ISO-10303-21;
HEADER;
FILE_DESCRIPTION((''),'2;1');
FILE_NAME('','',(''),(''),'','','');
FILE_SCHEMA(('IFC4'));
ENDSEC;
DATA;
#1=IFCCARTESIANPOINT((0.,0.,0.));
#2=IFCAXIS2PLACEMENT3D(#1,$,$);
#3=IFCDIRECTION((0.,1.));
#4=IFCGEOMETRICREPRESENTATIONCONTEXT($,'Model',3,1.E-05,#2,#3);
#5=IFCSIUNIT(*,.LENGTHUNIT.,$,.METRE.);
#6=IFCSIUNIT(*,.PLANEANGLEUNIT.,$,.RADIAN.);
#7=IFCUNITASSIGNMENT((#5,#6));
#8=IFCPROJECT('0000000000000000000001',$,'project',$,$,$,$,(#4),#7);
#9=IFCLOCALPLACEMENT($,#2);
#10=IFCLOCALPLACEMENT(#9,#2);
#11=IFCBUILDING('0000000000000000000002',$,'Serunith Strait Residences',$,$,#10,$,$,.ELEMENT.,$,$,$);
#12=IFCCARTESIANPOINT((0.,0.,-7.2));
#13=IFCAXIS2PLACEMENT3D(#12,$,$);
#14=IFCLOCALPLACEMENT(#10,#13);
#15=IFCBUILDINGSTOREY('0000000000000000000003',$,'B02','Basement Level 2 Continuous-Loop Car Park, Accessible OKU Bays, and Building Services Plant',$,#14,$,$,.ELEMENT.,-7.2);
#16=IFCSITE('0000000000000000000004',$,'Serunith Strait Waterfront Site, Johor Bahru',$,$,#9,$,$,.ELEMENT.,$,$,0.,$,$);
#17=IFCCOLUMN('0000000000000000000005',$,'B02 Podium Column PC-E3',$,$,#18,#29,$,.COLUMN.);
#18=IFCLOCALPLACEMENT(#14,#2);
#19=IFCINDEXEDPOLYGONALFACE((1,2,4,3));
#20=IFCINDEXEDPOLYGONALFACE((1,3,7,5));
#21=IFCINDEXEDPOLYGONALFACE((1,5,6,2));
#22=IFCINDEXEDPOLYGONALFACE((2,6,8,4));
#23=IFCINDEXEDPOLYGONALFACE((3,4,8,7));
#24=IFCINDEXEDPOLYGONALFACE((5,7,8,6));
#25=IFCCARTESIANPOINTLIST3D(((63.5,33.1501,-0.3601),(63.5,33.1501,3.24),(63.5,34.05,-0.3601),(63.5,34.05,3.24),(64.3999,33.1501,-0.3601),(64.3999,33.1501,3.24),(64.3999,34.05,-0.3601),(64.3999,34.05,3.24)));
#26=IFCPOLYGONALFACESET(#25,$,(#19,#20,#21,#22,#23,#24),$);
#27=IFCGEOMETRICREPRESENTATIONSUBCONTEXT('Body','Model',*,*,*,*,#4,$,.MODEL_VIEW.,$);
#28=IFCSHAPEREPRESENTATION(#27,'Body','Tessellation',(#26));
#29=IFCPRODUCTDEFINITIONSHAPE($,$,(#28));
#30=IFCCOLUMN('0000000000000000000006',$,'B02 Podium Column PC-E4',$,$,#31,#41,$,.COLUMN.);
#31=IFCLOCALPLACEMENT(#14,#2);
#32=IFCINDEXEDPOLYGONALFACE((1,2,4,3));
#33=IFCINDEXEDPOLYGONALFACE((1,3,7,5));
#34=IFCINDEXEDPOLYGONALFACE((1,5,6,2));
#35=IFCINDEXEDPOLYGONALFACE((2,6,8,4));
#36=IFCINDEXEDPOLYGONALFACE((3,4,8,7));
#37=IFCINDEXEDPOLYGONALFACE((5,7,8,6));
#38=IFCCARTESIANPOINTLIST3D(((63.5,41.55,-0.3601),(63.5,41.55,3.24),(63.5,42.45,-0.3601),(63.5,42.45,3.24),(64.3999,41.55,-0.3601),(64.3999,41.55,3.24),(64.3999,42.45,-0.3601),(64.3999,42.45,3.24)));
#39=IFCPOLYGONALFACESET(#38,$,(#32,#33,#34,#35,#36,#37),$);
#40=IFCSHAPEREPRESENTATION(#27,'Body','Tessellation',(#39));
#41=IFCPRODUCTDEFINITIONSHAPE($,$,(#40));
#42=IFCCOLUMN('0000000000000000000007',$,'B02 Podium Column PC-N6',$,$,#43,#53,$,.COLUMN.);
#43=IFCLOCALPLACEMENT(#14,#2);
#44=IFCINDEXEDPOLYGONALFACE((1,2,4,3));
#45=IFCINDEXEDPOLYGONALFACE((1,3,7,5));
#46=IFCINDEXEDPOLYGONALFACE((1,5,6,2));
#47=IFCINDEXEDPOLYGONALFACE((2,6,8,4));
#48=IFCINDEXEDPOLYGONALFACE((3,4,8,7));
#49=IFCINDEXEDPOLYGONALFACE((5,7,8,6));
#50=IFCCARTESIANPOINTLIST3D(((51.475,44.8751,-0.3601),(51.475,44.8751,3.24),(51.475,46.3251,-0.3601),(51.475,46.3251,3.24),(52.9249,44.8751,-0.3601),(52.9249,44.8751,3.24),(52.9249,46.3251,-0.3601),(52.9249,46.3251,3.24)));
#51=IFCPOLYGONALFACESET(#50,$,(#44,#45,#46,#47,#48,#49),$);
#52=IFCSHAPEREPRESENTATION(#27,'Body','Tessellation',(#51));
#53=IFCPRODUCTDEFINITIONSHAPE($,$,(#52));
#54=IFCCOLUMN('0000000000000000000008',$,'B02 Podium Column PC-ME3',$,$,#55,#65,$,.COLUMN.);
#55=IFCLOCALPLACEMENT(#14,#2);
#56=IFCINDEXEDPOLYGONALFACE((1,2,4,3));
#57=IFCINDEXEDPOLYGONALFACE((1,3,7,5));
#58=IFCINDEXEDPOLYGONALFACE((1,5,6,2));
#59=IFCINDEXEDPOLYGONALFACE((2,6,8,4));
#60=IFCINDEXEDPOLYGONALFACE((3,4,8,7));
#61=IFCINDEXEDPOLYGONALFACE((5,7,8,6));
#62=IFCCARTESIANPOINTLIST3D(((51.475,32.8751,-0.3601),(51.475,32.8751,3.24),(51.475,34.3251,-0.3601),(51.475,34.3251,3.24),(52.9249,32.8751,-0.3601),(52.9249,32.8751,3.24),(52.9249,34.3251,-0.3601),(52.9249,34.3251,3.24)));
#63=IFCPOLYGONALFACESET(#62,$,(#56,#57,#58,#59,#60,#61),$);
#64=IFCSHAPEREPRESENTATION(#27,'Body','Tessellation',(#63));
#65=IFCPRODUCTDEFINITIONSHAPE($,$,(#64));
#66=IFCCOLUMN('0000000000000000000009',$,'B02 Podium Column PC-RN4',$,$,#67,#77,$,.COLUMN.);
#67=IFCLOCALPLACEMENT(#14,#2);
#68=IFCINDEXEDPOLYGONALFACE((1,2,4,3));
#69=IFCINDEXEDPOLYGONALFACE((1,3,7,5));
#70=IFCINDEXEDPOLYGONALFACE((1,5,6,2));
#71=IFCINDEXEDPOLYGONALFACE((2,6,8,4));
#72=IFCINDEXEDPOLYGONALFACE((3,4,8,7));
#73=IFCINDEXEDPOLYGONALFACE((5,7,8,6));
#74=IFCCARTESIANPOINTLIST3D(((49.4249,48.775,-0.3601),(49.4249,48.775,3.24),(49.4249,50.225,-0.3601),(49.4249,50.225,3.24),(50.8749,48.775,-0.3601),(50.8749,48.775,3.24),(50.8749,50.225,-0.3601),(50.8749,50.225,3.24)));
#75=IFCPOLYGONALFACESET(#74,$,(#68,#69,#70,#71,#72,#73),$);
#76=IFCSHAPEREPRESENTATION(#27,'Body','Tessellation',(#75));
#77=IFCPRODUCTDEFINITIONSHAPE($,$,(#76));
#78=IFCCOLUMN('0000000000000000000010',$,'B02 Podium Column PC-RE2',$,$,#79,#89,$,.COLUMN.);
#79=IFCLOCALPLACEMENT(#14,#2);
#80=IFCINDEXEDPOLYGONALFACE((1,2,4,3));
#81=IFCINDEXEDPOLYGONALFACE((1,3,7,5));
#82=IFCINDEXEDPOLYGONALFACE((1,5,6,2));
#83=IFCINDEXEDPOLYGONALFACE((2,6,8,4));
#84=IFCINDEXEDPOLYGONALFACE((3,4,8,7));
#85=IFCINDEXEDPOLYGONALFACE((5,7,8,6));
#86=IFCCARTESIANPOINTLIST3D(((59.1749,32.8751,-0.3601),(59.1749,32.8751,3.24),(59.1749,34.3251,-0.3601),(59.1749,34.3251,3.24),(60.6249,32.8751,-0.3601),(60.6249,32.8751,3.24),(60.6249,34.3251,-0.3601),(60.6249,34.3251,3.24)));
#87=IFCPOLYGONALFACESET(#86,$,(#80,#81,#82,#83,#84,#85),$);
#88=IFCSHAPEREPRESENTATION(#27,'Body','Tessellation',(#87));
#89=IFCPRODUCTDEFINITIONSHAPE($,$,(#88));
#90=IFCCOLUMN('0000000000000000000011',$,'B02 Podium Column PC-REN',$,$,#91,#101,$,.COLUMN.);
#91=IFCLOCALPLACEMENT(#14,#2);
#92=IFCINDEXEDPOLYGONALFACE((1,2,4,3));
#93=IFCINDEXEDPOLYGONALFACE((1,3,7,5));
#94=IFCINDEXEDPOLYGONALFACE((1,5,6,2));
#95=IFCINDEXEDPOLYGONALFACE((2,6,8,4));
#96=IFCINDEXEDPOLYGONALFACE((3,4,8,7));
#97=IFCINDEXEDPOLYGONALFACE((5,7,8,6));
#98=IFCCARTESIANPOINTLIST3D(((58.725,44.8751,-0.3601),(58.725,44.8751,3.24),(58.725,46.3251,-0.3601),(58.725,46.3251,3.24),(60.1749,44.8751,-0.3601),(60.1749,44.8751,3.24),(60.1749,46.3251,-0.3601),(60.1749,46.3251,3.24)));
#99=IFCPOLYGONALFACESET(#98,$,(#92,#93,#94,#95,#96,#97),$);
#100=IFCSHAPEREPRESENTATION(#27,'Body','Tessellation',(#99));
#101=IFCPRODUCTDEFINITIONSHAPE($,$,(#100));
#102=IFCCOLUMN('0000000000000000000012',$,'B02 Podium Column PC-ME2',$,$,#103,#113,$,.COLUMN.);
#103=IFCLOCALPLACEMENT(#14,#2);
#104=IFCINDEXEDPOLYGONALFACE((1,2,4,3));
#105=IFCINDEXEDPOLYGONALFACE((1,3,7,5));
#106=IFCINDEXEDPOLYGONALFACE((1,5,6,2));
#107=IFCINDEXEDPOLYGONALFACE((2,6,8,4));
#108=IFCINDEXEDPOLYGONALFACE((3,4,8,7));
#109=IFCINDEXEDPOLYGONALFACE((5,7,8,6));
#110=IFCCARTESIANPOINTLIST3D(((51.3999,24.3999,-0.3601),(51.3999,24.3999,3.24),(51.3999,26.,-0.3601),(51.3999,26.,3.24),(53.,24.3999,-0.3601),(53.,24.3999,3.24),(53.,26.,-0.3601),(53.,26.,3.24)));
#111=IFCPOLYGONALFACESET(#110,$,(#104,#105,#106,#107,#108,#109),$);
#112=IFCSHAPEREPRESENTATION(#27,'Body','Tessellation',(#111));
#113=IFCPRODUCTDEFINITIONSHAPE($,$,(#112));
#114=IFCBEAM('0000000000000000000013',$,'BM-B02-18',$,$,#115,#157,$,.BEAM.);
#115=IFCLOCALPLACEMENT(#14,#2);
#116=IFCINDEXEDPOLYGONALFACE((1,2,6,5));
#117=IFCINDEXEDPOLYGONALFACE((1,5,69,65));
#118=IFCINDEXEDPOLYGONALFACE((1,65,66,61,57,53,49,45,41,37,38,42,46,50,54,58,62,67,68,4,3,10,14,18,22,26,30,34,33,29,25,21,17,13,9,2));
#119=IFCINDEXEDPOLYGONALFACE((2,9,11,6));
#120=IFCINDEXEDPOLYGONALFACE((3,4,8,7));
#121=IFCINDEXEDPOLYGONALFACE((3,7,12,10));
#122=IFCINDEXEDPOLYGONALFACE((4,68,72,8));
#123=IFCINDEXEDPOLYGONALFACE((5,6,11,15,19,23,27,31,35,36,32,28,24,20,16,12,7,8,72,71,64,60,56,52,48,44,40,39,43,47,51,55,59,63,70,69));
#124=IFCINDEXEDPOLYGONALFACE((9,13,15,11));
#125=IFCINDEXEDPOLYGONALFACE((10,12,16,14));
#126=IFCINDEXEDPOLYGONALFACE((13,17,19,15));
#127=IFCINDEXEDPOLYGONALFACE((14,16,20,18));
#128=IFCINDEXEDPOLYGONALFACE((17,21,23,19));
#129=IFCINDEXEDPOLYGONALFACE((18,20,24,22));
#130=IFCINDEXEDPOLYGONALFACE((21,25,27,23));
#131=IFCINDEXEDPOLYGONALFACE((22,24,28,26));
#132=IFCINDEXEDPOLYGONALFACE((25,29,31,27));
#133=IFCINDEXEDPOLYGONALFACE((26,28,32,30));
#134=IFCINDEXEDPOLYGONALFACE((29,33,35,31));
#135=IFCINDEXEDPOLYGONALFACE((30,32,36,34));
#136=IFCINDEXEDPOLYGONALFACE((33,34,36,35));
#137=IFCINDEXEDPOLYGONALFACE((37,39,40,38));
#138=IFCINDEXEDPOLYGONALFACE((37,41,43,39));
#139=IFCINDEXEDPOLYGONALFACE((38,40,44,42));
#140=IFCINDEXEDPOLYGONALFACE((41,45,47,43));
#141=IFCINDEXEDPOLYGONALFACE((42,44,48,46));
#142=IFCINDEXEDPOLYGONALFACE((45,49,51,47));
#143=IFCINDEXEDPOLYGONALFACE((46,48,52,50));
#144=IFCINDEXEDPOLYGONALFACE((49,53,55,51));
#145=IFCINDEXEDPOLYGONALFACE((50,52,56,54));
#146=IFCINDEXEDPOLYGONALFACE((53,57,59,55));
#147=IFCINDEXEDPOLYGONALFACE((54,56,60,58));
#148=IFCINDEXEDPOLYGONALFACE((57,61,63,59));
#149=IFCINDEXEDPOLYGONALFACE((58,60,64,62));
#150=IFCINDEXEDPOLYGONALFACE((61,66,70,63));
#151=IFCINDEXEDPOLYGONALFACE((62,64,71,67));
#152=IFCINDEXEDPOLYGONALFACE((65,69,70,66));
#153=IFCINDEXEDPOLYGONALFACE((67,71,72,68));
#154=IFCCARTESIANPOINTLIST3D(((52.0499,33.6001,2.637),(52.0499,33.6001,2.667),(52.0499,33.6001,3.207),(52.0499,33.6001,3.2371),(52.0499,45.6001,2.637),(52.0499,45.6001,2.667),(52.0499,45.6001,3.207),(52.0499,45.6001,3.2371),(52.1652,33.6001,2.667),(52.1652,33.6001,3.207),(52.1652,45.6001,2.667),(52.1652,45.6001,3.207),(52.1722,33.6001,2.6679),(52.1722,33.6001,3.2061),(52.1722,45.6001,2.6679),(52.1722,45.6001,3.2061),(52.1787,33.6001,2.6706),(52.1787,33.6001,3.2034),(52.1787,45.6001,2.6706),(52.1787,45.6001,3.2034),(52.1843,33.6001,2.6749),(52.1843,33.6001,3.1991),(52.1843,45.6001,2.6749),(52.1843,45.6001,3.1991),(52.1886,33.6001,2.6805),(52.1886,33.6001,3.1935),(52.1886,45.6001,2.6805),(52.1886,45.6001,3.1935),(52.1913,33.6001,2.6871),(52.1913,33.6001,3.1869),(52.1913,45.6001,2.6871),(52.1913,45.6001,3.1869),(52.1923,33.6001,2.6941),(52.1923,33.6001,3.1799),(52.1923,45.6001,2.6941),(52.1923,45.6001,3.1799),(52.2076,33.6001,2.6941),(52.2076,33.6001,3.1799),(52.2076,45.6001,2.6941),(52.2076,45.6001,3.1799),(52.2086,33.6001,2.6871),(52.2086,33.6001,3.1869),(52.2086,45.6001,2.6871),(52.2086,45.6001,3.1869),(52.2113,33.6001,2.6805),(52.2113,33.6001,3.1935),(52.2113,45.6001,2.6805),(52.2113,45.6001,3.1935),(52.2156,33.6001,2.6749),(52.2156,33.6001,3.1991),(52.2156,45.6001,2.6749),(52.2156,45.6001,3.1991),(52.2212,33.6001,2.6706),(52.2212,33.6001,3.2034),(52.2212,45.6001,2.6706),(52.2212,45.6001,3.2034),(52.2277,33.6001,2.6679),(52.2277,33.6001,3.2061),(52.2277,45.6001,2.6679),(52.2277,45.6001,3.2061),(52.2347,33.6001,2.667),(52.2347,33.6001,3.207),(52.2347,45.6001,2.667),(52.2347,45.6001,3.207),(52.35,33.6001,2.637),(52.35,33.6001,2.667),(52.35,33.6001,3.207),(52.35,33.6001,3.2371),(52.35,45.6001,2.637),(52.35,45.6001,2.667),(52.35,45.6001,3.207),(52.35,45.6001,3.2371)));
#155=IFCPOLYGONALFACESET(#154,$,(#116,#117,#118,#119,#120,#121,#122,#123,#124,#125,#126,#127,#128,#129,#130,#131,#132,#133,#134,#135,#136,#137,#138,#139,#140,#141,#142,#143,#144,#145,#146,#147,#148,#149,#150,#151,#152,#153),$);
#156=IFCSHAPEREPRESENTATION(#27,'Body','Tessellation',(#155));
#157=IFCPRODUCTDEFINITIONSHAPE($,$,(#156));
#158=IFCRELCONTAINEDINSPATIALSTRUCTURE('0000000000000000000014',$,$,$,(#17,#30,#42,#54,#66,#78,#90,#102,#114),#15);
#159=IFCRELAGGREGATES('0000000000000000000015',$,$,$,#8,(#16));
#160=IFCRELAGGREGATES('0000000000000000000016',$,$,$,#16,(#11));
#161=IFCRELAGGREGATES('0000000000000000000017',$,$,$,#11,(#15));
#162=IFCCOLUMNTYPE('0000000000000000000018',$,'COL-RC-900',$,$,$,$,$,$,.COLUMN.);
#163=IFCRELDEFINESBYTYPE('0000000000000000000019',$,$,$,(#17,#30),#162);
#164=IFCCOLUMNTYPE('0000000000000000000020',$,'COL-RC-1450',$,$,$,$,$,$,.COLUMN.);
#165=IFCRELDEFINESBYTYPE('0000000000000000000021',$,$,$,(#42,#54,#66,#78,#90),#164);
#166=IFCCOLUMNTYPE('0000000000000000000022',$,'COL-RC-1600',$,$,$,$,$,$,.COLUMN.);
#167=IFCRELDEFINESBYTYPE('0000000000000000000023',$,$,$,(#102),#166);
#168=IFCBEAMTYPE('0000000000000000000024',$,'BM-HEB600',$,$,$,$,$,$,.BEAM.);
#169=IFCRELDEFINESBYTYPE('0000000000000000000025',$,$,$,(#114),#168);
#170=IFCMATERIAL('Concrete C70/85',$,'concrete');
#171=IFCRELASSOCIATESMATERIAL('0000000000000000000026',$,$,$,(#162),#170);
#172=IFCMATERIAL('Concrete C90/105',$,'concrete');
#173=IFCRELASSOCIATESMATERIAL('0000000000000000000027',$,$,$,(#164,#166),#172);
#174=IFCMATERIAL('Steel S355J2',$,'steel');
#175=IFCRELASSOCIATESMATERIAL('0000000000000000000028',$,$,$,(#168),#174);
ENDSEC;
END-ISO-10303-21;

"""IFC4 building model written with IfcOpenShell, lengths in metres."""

from ifc_helpers import new_model, si_unit, direction, frame, origin, origin_2d, place, context, subcontext, project, spatial, rectangle, i_section, extrude, source, transform, mapped, material, material_profile, profile_set, type_object, element, save


model = new_model("IFC4")

# Units and contexts
model_context = context("Model", 3, precision=1e-05, world=origin(), true_north=direction((0.0, 1.0)))
body_context = subcontext(model_context, "Body", "Model", "MODEL_VIEW")
ifc_project = project(units=[si_unit("LENGTHUNIT", "METRE"), si_unit("PLANEANGLEUNIT", "RADIAN")], contexts=[model_context])

# Site, building, storey
site_placement = place(None, origin())
site = spatial("IfcSite", under=ifc_project, at=site_placement, Name="Serunith Strait Waterfront Site, Johor Bahru", CompositionType="ELEMENT", RefElevation=0.0)
building_placement = place(site_placement, origin())
building = spatial("IfcBuilding", under=site, at=building_placement, Name="Serunith Strait Residences", CompositionType="ELEMENT")
storey_placement = place(building_placement, frame((0.0, 0.0, -7.2)))
storey = spatial("IfcBuildingStorey", under=building, at=storey_placement, Name="B02", Description="Basement Level 2 Continuous-Loop Car Park, Accessible OKU Bays, and Building Services Plant", CompositionType="ELEMENT", Elevation=-7.2)

# Columns
ifc_material_1 = material(Name="Concrete C70/85", Category="concrete")
ifc_material_profile_1 = material_profile(ifc_material_1, rectangle(XDim=0.8999, YDim=0.8999, at=origin_2d()), Name="RC 900x900")
ifc_profile_set_1 = profile_set([ifc_material_profile_1], Name="Concrete C70/85")
column_type_1 = type_object("IfcColumnType", Name="COL-RC-900", PredefinedType="COLUMN", material=ifc_profile_set_1)
shared_shape_1 = source(origin(), body_context, "Body", "SweptSolid", [
    extrude(rectangle(XDim=0.8999, YDim=0.8999, at=origin_2d()), origin(), (0.0, 0.0, 1.0), 3.6001),
])
for number, where, z_axis, x_axis, name in (
    (1, (63.95, 33.6001, -0.3601), (0.0, 0.0, 1.0), (1.0, 0.0, 0.0), "B02 Podium Column PC-E3"),
    (2, (63.95, 42.0, -0.3601), (0.0, 0.0, 1.0), (1.0, 0.0, 0.0), "B02 Podium Column PC-E4"),
):
    element("IfcColumn", number, at=place(storey_placement, frame(where, z_axis=z_axis, x_axis=x_axis)), inside=storey, type_object=column_type_1, Name=name, PredefinedType="COLUMN", context=body_context, shape_type="MappedRepresentation", body=[
        mapped(shared_shape_1, transform((0.0, 0.0, 0.0), scale=1.0)),
    ])
ifc_material_2 = material(Name="Concrete C90/105", Category="concrete")
ifc_material_profile_2 = material_profile(ifc_material_2, rectangle(XDim=1.45, YDim=1.45, at=origin_2d()), Name="RC 1450x1450")
ifc_profile_set_2 = profile_set([ifc_material_profile_2], Name="Concrete C90/105")
column_type_2 = type_object("IfcColumnType", Name="COL-RC-1450", PredefinedType="COLUMN", material=ifc_profile_set_2)
shared_shape_2 = source(origin(), body_context, "Body", "SweptSolid", [
    extrude(rectangle(XDim=1.45, YDim=1.45, at=origin_2d()), origin(), (0.0, 0.0, 1.0), 3.6001),
])
for number, where, z_axis, x_axis, name in (
    (3, (52.2, 45.6001, -0.3601), (0.0, 0.0, 1.0), (1.0, 0.0, 0.0), "B02 Podium Column PC-N6"),
    (4, (52.2, 33.6001, -0.3601), (0.0, 0.0, 1.0), (1.0, 0.0, 0.0), "B02 Podium Column PC-ME3"),
    (5, (50.1499, 49.5, -0.3601), (0.0, 0.0, 1.0), (1.0, 0.0, 0.0), "B02 Podium Column PC-RN4"),
    (6, (59.8999, 33.6001, -0.3601), (0.0, 0.0, 1.0), (1.0, 0.0, 0.0), "B02 Podium Column PC-RE2"),
    (7, (59.45, 45.6001, -0.3601), (0.0, 0.0, 1.0), (1.0, 0.0, 0.0), "B02 Podium Column PC-REN"),
):
    element("IfcColumn", number, at=place(storey_placement, frame(where, z_axis=z_axis, x_axis=x_axis)), inside=storey, type_object=column_type_2, Name=name, PredefinedType="COLUMN", context=body_context, shape_type="MappedRepresentation", body=[
        mapped(shared_shape_2, transform((0.0, 0.0, 0.0), scale=1.0)),
    ])
ifc_material_profile_3 = material_profile(ifc_material_2, rectangle(XDim=1.6001, YDim=1.6001, at=origin_2d()), Name="RC 1600x1600")
ifc_profile_set_3 = profile_set([ifc_material_profile_3], Name="Concrete C90/105")
column_type_3 = type_object("IfcColumnType", Name="COL-RC-1600", PredefinedType="COLUMN", material=ifc_profile_set_3)
shared_shape_3 = source(origin(), body_context, "Body", "SweptSolid", [
    extrude(rectangle(XDim=1.6001, YDim=1.6001, at=origin_2d()), origin(), (0.0, 0.0, 1.0), 3.6001),
])
column_placement = place(storey_placement, frame((52.2, 25.2, -0.3601), z_axis=(0.0, 0.0, 1.0), x_axis=(1.0, 0.0, 0.0)))
element("IfcColumn", 8, at=column_placement, inside=storey, type_object=column_type_3, Name="B02 Podium Column PC-ME2", PredefinedType="COLUMN", context=body_context, shape_type="MappedRepresentation", body=[
    mapped(shared_shape_3, transform((0.0, 0.0, 0.0), scale=1.0)),
])

# Beam
ifc_material_3 = material(Name="Steel S355J2", Category="steel")
ifc_material_profile_4 = material_profile(ifc_material_3, i_section(OverallWidth=0.3, OverallDepth=0.6001, WebThickness=0.0154, FlangeThickness=0.03, FilletRadius=0.0271, at=origin_2d()), Name="HEB 600")
ifc_profile_set_4 = profile_set([ifc_material_profile_4], Name="Steel S355J2")
beam_type_1 = type_object("IfcBeamType", Name="BM-HEB600", PredefinedType="BEAM", material=ifc_profile_set_4)
shared_shape_4 = source(origin(), body_context, "Body", "SweptSolid", [
    extrude(i_section(OverallWidth=0.3, OverallDepth=0.6001, WebThickness=0.0154, FlangeThickness=0.03, FilletRadius=0.0271, at=origin_2d()), origin(), (0.0, 0.0, 1.0), 12.0),
])
beam_1_placement = place(storey_placement, frame((52.2, 33.6001, 2.937), z_axis=(0.0, 1.0, 0.0), x_axis=(-1.0, 0.0, 0.0)))
element("IfcBeam", 9, at=beam_1_placement, inside=storey, type_object=beam_type_1, Name="BM-B02-18", PredefinedType="BEAM", context=body_context, shape_type="MappedRepresentation", body=[
    mapped(shared_shape_4, transform((0.0, 0.0, 0.0), scale=1.0)),
])

save(model, "model.ifc")
